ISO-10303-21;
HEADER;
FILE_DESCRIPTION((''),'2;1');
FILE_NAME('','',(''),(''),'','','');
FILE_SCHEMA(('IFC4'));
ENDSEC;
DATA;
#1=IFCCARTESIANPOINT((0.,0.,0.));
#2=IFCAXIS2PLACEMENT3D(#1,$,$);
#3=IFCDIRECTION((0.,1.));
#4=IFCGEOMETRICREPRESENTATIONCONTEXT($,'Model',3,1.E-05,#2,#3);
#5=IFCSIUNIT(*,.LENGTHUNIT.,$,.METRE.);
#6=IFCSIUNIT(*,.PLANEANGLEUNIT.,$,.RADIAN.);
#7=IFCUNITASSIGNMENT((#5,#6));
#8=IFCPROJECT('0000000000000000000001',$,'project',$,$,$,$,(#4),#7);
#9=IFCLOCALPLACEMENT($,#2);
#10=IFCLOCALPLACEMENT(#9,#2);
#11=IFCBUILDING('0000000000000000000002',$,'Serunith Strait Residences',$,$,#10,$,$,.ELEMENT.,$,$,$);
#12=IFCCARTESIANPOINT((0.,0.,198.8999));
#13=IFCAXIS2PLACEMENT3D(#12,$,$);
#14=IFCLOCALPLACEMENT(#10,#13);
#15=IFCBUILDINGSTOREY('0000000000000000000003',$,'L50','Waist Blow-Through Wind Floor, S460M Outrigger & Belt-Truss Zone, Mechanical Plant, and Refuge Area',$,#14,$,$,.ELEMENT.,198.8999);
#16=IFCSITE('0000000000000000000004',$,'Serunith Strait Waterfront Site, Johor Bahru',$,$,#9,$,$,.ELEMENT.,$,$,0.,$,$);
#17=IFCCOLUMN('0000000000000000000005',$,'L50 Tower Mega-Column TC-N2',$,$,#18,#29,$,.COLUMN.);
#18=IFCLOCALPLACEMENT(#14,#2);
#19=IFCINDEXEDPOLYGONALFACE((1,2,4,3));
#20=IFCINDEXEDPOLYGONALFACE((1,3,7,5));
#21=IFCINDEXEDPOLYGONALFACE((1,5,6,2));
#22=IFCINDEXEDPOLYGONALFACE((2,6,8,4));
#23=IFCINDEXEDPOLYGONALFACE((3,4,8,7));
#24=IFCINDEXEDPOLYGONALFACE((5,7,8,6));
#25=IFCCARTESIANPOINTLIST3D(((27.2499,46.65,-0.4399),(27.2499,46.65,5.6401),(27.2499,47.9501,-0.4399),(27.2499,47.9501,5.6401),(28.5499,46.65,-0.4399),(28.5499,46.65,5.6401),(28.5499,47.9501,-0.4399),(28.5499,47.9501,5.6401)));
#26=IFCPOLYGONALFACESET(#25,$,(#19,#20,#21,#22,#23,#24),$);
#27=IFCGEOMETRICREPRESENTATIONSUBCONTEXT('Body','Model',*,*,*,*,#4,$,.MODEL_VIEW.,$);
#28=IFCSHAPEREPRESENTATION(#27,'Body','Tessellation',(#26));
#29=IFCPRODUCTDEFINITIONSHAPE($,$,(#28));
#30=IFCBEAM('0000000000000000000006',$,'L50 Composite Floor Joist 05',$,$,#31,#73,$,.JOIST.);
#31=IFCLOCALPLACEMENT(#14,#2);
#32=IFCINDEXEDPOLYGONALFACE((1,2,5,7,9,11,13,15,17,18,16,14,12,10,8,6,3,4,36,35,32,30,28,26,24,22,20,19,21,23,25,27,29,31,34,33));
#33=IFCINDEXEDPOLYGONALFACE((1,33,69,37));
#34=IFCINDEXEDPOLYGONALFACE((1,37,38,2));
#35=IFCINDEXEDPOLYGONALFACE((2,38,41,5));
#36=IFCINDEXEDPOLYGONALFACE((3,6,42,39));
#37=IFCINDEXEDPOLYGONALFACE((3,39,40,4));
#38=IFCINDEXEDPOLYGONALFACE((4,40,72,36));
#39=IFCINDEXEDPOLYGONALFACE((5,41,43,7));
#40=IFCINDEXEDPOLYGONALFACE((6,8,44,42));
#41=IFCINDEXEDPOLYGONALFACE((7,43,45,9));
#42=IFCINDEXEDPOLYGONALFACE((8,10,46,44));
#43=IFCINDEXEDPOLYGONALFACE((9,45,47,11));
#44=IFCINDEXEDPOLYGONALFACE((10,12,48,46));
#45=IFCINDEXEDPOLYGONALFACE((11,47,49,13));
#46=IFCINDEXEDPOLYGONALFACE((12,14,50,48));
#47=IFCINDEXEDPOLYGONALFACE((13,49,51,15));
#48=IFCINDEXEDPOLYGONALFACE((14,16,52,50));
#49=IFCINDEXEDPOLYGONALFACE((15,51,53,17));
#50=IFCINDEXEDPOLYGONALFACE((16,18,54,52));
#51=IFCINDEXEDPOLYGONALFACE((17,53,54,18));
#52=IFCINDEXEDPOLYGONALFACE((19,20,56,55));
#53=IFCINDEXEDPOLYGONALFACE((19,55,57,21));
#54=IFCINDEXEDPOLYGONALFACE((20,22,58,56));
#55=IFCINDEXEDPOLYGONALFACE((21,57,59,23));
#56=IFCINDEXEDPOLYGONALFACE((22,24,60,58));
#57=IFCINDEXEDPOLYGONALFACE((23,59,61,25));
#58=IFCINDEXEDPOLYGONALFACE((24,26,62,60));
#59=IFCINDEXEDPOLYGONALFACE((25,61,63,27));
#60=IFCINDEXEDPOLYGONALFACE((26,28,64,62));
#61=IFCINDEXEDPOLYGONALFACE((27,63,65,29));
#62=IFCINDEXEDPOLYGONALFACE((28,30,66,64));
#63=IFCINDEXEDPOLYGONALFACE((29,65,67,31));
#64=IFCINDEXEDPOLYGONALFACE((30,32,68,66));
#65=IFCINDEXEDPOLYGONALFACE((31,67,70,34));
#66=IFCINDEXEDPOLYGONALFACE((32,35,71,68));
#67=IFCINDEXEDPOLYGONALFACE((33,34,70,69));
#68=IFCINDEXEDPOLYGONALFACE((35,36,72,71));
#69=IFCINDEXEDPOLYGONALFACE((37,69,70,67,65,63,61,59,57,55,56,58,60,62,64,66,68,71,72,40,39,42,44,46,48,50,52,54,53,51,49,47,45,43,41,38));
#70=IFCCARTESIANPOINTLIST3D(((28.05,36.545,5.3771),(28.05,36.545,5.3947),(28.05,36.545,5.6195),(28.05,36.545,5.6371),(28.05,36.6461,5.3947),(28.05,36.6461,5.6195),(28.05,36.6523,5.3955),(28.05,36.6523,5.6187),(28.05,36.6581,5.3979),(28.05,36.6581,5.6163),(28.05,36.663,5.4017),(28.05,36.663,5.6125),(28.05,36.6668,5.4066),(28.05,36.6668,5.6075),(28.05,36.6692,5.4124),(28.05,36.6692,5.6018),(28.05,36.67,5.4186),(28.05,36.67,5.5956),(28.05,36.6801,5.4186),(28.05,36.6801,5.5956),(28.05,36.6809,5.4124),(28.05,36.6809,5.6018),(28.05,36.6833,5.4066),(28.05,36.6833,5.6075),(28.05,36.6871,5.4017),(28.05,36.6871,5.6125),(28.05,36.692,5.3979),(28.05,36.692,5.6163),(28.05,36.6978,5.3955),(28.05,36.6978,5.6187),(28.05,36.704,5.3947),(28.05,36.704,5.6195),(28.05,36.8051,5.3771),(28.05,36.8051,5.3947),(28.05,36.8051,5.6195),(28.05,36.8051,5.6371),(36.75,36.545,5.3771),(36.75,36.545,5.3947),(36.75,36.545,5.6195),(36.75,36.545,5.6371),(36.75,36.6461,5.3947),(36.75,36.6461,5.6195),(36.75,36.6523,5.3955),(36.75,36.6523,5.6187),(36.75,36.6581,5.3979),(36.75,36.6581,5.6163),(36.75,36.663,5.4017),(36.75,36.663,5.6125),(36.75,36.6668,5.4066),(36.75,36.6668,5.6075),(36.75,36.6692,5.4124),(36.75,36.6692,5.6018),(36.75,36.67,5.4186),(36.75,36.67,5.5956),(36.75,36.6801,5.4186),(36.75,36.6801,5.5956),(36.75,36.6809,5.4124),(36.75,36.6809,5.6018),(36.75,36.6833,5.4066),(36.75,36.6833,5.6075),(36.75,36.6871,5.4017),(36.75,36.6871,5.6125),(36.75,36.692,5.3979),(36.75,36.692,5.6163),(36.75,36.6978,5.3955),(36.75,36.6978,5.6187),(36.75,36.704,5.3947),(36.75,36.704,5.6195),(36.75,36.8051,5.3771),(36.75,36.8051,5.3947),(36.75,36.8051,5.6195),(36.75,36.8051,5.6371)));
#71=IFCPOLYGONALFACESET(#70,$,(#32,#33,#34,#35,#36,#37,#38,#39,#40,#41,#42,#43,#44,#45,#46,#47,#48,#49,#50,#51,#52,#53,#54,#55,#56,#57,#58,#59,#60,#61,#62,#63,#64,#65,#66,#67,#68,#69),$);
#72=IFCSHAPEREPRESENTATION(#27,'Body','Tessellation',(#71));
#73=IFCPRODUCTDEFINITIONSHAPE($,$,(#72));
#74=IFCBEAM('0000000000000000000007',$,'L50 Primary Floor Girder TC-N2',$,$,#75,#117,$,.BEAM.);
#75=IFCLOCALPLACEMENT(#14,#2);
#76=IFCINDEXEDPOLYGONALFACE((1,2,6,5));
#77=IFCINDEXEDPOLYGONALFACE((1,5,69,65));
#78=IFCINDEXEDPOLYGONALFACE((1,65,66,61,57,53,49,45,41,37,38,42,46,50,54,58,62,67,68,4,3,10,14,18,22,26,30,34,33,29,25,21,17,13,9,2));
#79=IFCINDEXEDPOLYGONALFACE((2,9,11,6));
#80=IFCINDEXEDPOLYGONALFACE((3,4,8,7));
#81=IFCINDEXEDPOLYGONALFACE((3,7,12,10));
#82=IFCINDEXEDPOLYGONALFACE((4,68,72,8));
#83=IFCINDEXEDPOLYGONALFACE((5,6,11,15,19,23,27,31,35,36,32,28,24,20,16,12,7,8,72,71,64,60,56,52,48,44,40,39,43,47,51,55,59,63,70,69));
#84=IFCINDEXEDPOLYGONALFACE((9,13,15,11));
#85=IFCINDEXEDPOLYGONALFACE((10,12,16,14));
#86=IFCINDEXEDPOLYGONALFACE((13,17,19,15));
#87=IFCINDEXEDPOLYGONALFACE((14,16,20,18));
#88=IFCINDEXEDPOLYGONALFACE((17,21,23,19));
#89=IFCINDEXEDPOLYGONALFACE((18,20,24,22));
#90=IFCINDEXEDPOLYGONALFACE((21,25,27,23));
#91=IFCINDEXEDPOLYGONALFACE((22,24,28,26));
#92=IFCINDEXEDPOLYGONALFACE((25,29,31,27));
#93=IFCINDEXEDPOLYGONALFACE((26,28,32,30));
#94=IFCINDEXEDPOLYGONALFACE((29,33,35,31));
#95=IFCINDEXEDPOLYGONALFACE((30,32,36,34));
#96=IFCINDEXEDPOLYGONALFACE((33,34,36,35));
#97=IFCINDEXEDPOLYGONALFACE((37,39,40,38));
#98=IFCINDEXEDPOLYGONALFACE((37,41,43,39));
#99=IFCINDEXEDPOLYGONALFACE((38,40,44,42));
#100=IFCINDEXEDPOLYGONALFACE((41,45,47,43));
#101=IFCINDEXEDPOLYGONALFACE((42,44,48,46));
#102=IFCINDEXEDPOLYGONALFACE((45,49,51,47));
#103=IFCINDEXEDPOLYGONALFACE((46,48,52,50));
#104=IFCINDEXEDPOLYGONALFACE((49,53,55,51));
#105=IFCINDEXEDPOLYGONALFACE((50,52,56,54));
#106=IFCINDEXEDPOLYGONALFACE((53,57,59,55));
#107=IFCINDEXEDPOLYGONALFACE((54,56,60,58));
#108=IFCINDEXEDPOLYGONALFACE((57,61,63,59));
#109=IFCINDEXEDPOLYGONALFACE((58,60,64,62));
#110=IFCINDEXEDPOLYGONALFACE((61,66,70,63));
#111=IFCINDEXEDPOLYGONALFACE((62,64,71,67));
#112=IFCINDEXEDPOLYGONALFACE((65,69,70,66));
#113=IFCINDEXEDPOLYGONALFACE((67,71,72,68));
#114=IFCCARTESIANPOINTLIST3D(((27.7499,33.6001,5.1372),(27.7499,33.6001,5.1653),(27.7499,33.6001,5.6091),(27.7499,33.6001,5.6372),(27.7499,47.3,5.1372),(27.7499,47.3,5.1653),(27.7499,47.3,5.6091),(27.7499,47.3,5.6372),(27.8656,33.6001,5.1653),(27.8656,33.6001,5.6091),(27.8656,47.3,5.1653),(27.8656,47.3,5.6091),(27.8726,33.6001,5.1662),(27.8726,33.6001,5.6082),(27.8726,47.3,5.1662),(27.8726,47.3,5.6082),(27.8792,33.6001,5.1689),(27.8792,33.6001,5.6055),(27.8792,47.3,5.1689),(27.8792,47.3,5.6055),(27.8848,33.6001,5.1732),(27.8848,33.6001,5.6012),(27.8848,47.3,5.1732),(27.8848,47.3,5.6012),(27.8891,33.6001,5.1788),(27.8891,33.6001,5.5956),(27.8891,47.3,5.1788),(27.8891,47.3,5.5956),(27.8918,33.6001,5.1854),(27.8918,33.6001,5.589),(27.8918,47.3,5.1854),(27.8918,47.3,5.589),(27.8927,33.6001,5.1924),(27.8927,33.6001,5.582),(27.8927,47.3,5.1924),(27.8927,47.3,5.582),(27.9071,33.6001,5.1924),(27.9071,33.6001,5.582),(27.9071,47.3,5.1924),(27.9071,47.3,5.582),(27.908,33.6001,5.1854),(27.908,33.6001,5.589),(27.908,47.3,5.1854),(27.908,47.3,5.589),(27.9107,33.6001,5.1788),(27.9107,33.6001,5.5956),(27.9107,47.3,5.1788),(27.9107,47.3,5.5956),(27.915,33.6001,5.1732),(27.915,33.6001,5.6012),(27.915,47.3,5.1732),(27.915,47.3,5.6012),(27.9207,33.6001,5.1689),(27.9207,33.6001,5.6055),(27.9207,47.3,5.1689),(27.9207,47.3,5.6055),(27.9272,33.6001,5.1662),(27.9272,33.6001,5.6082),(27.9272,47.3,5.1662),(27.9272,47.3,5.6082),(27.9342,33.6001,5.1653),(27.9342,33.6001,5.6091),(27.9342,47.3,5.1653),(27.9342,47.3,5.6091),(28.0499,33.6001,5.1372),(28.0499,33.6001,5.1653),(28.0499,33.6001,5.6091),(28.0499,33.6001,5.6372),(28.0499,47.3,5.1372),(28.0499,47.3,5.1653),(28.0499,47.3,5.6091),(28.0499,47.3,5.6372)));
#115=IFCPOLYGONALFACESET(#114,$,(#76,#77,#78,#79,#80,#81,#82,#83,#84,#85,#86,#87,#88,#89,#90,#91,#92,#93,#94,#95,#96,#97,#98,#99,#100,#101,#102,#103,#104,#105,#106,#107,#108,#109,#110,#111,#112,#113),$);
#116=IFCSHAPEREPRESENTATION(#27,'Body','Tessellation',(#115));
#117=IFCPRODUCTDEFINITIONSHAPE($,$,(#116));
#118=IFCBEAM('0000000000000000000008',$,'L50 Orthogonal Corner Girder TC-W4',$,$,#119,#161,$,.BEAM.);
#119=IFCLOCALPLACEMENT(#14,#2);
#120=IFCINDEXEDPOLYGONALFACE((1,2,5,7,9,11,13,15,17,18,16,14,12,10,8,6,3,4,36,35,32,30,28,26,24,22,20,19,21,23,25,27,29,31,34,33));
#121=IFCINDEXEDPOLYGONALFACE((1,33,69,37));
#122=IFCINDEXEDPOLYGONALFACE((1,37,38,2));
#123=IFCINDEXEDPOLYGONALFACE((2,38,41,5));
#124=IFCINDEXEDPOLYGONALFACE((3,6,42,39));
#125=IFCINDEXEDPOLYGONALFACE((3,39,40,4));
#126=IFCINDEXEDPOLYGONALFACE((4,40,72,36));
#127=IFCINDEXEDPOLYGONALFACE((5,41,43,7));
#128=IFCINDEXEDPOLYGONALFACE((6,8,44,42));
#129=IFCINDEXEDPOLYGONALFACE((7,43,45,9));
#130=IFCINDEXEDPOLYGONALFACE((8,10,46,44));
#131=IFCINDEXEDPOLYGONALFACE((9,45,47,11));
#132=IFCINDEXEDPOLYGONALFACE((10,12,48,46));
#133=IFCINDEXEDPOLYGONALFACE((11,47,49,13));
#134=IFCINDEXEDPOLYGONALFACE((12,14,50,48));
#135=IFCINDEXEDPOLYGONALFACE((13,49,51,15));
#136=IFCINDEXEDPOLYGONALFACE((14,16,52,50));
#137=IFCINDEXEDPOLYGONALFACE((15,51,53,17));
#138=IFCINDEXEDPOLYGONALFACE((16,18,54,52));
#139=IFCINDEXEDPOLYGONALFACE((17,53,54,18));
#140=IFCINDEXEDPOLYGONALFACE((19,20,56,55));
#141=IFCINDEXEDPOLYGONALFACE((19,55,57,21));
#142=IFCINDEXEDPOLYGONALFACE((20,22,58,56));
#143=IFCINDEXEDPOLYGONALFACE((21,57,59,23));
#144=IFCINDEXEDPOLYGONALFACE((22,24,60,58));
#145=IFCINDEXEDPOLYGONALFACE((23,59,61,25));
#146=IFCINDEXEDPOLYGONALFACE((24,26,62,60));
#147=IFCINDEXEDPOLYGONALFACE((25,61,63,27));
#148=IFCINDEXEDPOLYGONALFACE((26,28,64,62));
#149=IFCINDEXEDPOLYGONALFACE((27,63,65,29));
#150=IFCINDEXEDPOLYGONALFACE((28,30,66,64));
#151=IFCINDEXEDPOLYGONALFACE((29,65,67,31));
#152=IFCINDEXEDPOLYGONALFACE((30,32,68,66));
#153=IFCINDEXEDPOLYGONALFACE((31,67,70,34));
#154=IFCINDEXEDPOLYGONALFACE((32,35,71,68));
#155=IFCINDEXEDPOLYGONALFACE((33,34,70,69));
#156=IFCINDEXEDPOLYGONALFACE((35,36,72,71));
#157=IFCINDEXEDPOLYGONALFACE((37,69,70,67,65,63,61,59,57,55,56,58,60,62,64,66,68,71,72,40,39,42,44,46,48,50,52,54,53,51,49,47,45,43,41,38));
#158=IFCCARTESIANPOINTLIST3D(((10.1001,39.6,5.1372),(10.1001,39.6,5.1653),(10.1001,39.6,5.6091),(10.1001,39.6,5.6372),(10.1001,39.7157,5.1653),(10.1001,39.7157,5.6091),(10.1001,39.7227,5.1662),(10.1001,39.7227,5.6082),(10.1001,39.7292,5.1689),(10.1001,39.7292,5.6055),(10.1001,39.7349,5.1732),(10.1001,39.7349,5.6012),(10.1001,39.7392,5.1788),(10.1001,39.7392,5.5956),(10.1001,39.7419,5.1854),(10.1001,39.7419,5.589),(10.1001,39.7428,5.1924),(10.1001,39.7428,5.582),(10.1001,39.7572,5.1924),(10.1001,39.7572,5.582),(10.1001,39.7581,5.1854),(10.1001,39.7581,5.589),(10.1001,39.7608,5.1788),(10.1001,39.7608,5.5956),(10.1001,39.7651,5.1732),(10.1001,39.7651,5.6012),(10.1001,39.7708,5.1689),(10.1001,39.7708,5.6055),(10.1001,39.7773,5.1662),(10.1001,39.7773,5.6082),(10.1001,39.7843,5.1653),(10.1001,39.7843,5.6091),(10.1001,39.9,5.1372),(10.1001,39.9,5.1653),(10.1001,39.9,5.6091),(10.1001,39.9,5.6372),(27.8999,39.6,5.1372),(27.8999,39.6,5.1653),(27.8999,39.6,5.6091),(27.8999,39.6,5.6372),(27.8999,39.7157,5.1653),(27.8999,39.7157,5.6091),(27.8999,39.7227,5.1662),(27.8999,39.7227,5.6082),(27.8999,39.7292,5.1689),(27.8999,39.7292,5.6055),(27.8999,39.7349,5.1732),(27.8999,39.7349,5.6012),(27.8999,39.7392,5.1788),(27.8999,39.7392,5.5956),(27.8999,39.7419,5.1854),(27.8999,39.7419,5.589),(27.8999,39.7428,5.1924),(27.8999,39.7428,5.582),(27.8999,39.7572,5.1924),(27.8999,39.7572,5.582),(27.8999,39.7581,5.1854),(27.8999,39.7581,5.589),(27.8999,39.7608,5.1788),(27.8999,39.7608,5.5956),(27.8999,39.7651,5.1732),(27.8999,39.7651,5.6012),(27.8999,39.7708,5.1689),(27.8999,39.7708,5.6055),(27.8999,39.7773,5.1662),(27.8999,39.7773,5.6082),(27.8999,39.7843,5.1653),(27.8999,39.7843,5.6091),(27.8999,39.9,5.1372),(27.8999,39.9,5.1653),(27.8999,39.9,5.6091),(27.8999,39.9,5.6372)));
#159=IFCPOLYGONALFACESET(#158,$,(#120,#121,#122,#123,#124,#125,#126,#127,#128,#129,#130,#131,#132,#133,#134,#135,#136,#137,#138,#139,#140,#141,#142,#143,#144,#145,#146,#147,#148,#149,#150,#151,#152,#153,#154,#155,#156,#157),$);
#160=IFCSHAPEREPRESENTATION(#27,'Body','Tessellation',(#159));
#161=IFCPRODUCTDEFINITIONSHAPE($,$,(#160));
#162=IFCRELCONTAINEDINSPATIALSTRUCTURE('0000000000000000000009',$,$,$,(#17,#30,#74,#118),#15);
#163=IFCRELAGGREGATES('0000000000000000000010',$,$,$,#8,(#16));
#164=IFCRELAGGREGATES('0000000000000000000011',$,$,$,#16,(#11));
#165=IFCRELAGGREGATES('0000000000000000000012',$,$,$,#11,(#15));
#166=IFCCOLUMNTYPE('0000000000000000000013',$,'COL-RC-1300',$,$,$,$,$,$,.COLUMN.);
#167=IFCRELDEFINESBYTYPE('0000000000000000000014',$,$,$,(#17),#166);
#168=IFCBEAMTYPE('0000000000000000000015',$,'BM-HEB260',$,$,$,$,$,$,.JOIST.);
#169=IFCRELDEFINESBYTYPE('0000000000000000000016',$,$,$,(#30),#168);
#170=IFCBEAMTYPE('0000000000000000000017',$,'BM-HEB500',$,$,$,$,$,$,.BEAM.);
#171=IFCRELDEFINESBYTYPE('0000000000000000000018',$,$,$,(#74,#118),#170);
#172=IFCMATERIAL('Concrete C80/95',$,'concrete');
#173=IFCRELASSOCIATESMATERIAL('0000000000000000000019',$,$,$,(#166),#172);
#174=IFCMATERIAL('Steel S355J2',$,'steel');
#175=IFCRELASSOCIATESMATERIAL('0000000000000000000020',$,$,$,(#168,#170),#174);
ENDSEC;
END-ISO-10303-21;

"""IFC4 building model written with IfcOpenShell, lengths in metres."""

from ifc_helpers import new_model, si_unit, direction, frame, origin, origin_2d, place, context, subcontext, project, spatial, rectangle, i_section, extrude, source, transform, mapped, material, material_profile, profile_set, type_object, element, save


model = new_model("IFC4")

# Units and contexts
model_context = context("Model", 3, precision=1e-05, world=origin(), true_north=direction((0.0, 1.0)))
body_context = subcontext(model_context, "Body", "Model", "MODEL_VIEW")
ifc_project = project(units=[si_unit("LENGTHUNIT", "METRE"), si_unit("PLANEANGLEUNIT", "RADIAN")], contexts=[model_context])

# Site, building, storey
site_placement = place(None, origin())
site = spatial("IfcSite", under=ifc_project, at=site_placement, Name="Serunith Strait Waterfront Site, Johor Bahru", CompositionType="ELEMENT", RefElevation=0.0)
building_placement = place(site_placement, origin())
building = spatial("IfcBuilding", under=site, at=building_placement, Name="Serunith Strait Residences", CompositionType="ELEMENT")
storey_placement = place(building_placement, frame((0.0, 0.0, 198.8999)))
storey = spatial("IfcBuildingStorey", under=building, at=storey_placement, Name="L50", Description="Waist Blow-Through Wind Floor, S460M Outrigger & Belt-Truss Zone, Mechanical Plant, and Refuge Area", CompositionType="ELEMENT", Elevation=198.8999)

# Column
ifc_material_1 = material(Name="Concrete C80/95", Category="concrete")
ifc_material_profile_1 = material_profile(ifc_material_1, rectangle(XDim=1.3, YDim=1.3, at=origin_2d()), Name="RC 1300x1300")
ifc_profile_set_1 = profile_set([ifc_material_profile_1], Name="Concrete C80/95")
column_type = type_object("IfcColumnType", Name="COL-RC-1300", PredefinedType="COLUMN", material=ifc_profile_set_1)
shared_shape_1 = source(origin(), body_context, "Body", "SweptSolid", [
    extrude(rectangle(XDim=1.3, YDim=1.3, at=origin_2d()), origin(), (0.0, 0.0, 1.0), 6.0801),
])
column_placement = place(storey_placement, frame((27.8999, 47.3, -0.4399), z_axis=(0.0, 0.0, 1.0), x_axis=(1.0, 0.0, 0.0)))
element("IfcColumn", 1, at=column_placement, inside=storey, type_object=column_type, Name="L50 Tower Mega-Column TC-N2", PredefinedType="COLUMN", context=body_context, shape_type="MappedRepresentation", body=[
    mapped(shared_shape_1, transform((0.0, 0.0, 0.0), scale=1.0)),
])

# Beams
ifc_material_2 = material(Name="Steel S355J2", Category="steel")
ifc_material_profile_2 = material_profile(ifc_material_2, i_section(OverallWidth=0.26, OverallDepth=0.26, WebThickness=0.01, FlangeThickness=0.0176, FilletRadius=0.0239, at=origin_2d()), Name="HEB 260")
ifc_profile_set_2 = profile_set([ifc_material_profile_2], Name="Steel S355J2")
beam_type_1 = type_object("IfcBeamType", Name="BM-HEB260", PredefinedType="JOIST", material=ifc_profile_set_2)
shared_shape_2 = source(origin(), body_context, "Body", "SweptSolid", [
    extrude(i_section(OverallWidth=0.26, OverallDepth=0.26, WebThickness=0.01, FlangeThickness=0.0176, FilletRadius=0.0239, at=origin_2d()), origin(), (0.0, 0.0, 1.0), 8.7),
])
beam_1_placement = place(storey_placement, frame((28.05, 36.675, 5.5071), z_axis=(1.0, 0.0, 0.0), x_axis=(0.0, 1.0, 0.0)))
element("IfcBeam", 2, at=beam_1_placement, inside=storey, type_object=beam_type_1, Name="L50 Composite Floor Joist 05", PredefinedType="JOIST", context=body_context, shape_type="MappedRepresentation", body=[
    mapped(shared_shape_2, transform((0.0, 0.0, 0.0), scale=1.0)),
])
ifc_material_profile_3 = material_profile(ifc_material_2, i_section(OverallWidth=0.3, OverallDepth=0.5, WebThickness=0.0144, FlangeThickness=0.0281, FilletRadius=0.0271, at=origin_2d()), Name="HEB 500")
ifc_profile_set_3 = profile_set([ifc_material_profile_3], Name="Steel S355J2")
beam_type_2 = type_object("IfcBeamType", Name="BM-HEB500", PredefinedType="BEAM", material=ifc_profile_set_3)
shared_shape_3 = source(origin(), body_context, "Body", "SweptSolid", [
    extrude(i_section(OverallWidth=0.3, OverallDepth=0.5, WebThickness=0.0144, FlangeThickness=0.0281, FilletRadius=0.0271, at=origin_2d()), origin(), (0.0, 0.0, 1.0), 13.7),
])
beam_2_placement = place(storey_placement, frame((27.8999, 33.6001, 5.3872), z_axis=(0.0, 1.0, 0.0), x_axis=(-1.0, 0.0, 0.0)))
element("IfcBeam", 3, at=beam_2_placement, inside=storey, type_object=beam_type_2, Name="L50 Primary Floor Girder TC-N2", PredefinedType="BEAM", context=body_context, shape_type="MappedRepresentation", body=[
    mapped(shared_shape_3, transform((0.0, 0.0, 0.0), scale=1.0)),
])
shared_shape_4 = source(origin(), body_context, "Body", "SweptSolid", [
    extrude(i_section(OverallWidth=0.3, OverallDepth=0.5, WebThickness=0.0144, FlangeThickness=0.0281, FilletRadius=0.0271, at=origin_2d()), origin(), (0.0, 0.0, 1.0), 17.7998),
])
beam_3_placement = place(storey_placement, frame((27.8999, 39.75, 5.3872), z_axis=(-1.0, 0.0, 0.0), x_axis=(0.0, -1.0, 0.0)))
element("IfcBeam", 4, at=beam_3_placement, inside=storey, type_object=beam_type_2, Name="L50 Orthogonal Corner Girder TC-W4", PredefinedType="BEAM", context=body_context, shape_type="MappedRepresentation", body=[
    mapped(shared_shape_4, transform((0.0, 0.0, 0.0), scale=1.0)),
])

save(model, "model.ifc")
